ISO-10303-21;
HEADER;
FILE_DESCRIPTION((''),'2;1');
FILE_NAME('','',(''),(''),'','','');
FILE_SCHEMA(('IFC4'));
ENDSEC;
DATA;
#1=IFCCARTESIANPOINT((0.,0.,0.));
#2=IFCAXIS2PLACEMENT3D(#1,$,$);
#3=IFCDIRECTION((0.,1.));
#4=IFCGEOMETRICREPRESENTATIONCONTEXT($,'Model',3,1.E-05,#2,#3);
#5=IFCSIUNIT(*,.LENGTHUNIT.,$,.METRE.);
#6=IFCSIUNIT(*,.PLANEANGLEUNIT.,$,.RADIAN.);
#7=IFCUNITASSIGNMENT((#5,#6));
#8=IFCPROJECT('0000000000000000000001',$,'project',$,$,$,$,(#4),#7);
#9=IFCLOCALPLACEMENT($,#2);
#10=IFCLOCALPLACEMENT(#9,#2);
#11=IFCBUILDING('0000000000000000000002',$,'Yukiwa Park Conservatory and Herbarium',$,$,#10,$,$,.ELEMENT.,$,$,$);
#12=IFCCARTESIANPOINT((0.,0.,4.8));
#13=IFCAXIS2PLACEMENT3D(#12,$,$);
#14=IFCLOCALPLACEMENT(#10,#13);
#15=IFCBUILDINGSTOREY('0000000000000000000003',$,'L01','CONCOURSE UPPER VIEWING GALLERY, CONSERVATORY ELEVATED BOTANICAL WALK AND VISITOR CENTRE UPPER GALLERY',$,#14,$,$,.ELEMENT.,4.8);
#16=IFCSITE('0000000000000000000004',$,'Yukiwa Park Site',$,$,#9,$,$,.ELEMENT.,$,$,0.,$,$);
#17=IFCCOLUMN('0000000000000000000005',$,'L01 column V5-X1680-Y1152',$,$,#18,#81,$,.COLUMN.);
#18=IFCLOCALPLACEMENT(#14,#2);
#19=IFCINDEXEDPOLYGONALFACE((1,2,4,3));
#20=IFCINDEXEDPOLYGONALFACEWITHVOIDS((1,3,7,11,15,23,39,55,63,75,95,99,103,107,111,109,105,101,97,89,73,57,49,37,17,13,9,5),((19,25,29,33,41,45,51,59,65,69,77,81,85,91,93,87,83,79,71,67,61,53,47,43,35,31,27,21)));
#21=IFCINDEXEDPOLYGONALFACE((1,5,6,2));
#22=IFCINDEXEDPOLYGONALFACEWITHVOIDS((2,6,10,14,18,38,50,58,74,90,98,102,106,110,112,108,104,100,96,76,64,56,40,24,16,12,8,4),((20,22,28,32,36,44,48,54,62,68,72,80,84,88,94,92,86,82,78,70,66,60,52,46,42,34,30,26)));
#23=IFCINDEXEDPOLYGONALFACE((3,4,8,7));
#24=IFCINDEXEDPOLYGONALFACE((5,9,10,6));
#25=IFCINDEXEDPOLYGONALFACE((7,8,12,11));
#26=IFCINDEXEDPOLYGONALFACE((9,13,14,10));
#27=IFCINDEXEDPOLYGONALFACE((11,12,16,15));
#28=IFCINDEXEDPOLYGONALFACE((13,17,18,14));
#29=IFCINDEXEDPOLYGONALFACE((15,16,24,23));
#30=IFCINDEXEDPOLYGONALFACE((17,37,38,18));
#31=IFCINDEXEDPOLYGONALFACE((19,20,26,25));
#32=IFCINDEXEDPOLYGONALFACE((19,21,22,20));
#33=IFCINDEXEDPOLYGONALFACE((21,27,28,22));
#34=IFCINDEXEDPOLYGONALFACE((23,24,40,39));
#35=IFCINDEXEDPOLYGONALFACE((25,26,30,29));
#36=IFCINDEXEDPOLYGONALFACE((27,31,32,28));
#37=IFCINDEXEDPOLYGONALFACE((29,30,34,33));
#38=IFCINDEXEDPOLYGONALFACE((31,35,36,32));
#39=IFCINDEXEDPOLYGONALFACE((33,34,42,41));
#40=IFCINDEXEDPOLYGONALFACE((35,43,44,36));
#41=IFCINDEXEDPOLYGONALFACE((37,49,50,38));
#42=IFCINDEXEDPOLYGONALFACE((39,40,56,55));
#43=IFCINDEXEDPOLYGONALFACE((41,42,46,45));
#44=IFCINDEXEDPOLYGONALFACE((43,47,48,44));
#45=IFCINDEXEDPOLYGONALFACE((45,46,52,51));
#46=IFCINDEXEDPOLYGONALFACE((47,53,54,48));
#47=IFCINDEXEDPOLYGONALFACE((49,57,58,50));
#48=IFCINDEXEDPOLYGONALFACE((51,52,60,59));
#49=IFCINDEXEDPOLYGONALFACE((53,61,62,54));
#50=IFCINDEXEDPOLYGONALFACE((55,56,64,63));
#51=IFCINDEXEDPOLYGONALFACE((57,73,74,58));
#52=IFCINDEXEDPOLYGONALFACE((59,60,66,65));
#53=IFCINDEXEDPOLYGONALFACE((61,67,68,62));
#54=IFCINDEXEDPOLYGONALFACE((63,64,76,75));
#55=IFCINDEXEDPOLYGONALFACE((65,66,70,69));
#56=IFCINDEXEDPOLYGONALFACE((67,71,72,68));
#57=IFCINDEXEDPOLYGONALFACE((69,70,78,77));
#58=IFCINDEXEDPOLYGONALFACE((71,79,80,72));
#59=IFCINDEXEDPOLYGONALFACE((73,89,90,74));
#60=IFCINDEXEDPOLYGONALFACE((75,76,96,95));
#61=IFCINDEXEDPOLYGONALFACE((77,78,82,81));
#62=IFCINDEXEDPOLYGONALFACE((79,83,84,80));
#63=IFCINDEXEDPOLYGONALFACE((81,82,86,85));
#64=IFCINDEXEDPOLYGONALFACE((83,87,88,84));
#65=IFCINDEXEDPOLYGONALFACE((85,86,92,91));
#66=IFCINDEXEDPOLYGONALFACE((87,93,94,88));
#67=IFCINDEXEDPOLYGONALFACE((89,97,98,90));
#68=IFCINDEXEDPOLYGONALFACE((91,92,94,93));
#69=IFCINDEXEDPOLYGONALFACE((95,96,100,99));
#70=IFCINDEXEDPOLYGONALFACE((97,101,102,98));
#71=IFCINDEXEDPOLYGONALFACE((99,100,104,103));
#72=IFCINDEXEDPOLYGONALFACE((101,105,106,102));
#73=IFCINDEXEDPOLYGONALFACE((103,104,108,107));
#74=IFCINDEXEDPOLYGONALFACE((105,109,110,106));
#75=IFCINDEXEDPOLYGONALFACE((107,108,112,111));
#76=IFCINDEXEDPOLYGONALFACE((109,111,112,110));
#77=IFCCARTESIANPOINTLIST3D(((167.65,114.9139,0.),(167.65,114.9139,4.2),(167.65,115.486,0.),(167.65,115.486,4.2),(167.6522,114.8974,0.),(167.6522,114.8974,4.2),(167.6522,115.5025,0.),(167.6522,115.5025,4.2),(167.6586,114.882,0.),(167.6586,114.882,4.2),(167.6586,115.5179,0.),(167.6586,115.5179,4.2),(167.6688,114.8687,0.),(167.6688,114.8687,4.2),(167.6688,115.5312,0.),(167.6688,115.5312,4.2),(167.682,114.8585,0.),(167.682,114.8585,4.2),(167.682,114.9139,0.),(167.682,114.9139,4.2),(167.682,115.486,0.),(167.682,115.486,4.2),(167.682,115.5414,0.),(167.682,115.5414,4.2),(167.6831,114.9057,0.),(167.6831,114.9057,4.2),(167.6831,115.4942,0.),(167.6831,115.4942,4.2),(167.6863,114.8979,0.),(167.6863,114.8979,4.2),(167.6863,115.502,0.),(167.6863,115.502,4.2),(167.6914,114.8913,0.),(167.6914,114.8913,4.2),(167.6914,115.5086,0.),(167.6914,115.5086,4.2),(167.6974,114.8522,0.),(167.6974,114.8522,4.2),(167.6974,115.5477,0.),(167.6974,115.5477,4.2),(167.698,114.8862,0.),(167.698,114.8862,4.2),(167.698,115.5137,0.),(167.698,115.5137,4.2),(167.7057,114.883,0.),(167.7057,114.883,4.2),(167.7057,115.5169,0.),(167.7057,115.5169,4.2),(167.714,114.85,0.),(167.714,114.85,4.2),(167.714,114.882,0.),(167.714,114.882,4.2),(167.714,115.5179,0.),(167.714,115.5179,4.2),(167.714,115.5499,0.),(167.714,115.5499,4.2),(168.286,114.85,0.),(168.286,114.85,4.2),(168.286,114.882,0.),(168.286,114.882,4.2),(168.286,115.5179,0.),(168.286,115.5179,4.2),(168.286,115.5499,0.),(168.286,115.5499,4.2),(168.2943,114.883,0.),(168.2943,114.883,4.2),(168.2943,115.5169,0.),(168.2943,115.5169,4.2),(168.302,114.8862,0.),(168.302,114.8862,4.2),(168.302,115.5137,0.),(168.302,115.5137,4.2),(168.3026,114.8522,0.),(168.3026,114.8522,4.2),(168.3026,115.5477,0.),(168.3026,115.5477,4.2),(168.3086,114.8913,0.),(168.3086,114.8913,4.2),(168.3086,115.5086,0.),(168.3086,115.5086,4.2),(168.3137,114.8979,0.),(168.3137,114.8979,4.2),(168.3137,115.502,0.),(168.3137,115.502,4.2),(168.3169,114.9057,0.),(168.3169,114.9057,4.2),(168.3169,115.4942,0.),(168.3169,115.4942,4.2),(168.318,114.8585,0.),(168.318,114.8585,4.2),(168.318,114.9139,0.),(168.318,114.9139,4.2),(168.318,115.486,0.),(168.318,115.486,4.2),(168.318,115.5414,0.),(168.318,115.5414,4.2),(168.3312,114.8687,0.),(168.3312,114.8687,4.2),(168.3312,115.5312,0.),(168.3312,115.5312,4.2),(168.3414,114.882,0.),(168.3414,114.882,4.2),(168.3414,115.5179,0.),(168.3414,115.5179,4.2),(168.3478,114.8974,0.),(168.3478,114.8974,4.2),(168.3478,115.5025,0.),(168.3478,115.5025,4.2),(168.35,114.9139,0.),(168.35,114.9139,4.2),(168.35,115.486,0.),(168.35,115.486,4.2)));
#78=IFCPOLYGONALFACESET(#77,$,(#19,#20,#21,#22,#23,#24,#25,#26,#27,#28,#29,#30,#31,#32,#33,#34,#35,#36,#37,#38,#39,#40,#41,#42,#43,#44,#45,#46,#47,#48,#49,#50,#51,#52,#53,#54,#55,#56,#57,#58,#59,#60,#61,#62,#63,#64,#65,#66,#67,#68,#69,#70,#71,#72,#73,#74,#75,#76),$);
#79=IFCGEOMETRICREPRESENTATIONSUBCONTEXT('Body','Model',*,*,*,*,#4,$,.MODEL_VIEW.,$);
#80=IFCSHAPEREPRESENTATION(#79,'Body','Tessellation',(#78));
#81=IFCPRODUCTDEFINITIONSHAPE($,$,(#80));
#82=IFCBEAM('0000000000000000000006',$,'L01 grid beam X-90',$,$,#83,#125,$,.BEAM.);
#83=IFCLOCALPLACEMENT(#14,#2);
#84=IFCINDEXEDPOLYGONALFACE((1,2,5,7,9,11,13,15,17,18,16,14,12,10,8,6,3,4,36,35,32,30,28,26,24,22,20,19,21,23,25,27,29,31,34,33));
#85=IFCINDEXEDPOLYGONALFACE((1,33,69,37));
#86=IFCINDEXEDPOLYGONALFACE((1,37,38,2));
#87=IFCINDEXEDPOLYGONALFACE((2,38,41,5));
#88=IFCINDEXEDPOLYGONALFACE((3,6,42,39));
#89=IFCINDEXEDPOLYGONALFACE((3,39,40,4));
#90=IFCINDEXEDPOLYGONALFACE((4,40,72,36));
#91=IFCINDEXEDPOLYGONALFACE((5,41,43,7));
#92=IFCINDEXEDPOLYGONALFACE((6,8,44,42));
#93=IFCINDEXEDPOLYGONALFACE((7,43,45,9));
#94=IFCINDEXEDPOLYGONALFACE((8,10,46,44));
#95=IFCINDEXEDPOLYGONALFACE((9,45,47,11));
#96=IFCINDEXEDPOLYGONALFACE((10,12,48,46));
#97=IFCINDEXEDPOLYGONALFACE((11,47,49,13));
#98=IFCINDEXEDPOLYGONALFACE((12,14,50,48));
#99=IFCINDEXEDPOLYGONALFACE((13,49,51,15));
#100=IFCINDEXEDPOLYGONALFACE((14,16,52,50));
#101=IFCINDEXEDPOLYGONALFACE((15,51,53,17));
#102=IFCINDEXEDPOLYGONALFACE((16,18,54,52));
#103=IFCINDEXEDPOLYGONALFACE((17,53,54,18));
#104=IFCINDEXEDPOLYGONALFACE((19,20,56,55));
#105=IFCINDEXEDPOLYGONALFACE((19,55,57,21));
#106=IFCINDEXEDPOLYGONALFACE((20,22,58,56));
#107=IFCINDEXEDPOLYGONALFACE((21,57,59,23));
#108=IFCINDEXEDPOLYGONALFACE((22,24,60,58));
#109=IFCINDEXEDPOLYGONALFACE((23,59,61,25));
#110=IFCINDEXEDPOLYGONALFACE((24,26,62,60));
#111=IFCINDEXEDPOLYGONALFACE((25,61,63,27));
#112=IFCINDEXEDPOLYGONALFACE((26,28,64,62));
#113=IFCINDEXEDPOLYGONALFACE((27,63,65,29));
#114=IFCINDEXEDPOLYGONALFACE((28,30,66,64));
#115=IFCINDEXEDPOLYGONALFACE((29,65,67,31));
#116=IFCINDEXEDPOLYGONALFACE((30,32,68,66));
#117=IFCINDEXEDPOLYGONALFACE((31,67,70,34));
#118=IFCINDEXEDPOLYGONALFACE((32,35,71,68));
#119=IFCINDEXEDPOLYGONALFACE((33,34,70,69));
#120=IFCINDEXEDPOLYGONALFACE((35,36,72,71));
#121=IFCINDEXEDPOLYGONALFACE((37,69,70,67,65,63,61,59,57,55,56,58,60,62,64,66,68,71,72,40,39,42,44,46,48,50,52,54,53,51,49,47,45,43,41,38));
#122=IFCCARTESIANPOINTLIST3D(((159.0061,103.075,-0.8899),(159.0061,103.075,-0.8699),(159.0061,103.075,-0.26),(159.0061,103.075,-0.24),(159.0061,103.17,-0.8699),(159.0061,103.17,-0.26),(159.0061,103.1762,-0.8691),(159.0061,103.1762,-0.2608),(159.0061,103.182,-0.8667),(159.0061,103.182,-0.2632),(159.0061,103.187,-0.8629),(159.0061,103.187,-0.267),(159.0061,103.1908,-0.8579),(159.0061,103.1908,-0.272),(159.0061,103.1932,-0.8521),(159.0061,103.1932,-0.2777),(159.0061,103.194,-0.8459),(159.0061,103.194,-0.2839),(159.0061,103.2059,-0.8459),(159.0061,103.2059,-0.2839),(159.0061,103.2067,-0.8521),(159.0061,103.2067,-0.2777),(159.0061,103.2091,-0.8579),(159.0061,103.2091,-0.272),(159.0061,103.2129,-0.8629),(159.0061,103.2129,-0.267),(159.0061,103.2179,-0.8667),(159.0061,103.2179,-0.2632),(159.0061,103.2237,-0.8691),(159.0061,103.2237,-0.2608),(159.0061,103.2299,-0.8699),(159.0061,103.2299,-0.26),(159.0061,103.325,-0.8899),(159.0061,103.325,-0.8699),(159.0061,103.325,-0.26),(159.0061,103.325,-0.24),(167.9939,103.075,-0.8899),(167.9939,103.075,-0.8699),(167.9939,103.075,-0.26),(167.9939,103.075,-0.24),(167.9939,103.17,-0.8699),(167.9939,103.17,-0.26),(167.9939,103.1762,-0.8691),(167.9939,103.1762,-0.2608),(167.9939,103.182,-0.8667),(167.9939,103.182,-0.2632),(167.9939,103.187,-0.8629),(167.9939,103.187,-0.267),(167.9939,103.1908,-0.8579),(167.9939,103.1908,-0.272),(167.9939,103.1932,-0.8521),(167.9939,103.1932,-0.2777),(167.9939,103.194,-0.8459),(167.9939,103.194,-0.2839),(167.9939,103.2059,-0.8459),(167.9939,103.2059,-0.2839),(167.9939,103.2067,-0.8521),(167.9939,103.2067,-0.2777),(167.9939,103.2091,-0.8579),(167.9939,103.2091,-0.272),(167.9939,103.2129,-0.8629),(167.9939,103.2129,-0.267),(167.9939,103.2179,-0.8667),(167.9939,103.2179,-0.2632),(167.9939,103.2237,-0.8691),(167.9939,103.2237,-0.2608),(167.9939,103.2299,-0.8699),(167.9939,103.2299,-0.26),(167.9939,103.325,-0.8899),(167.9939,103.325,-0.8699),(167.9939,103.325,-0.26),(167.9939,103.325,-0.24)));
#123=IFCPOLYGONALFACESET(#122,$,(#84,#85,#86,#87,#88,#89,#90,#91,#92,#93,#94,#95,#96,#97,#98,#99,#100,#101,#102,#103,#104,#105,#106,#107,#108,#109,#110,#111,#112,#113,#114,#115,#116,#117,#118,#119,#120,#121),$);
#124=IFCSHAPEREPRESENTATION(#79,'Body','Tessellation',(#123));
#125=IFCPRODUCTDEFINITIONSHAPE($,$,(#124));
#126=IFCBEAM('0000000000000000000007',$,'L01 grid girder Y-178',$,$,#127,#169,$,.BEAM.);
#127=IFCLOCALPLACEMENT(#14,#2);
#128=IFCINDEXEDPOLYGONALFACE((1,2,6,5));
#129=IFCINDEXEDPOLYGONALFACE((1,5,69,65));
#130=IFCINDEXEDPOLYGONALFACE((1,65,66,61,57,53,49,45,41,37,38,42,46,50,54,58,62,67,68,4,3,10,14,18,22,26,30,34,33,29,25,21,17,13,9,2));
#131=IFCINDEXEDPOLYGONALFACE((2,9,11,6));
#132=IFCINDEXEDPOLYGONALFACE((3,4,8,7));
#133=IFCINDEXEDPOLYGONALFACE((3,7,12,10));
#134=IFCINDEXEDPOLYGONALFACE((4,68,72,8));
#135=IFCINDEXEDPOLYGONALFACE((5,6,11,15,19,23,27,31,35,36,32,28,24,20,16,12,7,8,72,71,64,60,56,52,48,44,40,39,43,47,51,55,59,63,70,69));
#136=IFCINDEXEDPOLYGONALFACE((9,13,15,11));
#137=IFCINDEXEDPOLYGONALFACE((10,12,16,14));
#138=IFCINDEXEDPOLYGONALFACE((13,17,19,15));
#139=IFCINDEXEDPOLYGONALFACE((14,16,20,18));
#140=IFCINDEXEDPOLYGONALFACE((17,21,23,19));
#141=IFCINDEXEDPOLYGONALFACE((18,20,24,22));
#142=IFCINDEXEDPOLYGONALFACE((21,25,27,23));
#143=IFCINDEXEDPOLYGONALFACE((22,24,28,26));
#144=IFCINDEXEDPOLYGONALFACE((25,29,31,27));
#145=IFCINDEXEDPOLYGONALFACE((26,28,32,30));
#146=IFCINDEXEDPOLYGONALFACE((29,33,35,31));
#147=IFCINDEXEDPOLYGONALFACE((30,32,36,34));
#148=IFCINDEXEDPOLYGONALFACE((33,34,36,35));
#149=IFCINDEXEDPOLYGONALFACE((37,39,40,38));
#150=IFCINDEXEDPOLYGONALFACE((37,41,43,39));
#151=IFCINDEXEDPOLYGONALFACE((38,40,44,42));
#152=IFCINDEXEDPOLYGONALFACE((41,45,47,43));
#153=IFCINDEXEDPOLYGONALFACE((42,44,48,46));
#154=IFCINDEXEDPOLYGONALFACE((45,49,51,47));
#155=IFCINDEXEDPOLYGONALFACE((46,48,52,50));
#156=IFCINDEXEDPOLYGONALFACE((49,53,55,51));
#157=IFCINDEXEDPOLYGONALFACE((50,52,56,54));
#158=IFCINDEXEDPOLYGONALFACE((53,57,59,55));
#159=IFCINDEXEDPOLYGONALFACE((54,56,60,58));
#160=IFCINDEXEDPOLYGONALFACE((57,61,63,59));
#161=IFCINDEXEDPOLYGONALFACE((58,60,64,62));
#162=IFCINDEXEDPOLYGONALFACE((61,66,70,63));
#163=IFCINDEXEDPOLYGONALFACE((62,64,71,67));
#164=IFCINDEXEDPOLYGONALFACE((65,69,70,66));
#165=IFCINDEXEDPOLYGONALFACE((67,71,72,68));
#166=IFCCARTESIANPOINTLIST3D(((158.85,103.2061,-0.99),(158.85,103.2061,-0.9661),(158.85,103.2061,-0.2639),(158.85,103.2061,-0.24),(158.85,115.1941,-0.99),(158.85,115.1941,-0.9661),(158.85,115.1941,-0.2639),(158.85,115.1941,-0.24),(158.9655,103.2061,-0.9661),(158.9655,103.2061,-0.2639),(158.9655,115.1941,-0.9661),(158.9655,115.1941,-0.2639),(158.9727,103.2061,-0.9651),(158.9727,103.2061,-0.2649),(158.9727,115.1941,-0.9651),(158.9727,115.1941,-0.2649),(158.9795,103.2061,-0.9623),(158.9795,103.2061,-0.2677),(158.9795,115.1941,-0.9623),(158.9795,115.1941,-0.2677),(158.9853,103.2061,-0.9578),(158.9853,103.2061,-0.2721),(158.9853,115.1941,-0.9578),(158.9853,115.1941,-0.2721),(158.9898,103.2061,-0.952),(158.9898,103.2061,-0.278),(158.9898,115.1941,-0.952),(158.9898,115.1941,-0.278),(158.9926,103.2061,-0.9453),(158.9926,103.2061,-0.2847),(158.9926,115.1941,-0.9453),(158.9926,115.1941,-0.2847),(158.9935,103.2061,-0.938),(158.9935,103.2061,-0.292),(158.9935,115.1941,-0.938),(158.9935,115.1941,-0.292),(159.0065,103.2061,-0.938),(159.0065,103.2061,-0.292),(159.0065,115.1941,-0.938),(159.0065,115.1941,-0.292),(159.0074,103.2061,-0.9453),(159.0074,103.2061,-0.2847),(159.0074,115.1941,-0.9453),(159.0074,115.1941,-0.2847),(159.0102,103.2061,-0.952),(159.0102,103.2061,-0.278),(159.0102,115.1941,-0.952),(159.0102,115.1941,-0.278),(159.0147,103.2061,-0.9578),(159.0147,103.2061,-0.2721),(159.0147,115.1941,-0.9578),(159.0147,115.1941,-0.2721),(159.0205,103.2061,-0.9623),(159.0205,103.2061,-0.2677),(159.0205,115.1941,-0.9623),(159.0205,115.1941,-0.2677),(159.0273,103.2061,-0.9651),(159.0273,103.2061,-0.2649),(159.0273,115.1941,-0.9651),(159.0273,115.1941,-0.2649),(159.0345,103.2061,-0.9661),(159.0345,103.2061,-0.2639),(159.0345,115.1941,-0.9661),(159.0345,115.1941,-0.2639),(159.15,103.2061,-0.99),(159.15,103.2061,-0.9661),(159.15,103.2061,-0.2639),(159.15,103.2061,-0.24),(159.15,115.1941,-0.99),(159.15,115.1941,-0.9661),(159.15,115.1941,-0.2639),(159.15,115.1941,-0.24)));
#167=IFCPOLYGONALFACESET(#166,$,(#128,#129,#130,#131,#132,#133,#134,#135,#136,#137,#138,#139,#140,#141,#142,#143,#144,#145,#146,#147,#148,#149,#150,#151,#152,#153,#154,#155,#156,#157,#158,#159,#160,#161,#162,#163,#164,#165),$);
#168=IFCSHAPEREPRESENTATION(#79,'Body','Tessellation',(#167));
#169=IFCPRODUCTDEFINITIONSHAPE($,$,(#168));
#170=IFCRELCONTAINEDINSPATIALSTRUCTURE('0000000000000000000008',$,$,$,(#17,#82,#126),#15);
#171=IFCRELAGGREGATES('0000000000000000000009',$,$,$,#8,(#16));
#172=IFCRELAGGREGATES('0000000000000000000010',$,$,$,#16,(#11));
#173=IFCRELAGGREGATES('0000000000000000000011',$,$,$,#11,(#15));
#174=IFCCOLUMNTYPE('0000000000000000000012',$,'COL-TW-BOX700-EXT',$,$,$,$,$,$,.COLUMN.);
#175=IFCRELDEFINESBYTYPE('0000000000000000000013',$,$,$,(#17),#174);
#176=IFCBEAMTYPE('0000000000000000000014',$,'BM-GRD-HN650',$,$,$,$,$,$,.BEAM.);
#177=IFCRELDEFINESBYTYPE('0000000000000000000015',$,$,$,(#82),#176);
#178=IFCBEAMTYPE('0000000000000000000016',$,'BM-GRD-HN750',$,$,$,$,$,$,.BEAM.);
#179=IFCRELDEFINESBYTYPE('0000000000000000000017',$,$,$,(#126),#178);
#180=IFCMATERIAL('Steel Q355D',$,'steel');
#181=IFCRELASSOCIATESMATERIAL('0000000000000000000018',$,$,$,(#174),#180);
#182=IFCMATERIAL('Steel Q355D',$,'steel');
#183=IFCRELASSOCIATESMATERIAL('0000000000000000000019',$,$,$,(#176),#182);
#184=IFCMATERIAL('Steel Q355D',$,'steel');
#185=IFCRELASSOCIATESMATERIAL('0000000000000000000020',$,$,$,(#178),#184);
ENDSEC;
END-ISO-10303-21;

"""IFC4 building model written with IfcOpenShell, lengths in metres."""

from ifc_helpers import new_model, si_unit, direction, frame, origin, origin_2d, place, context, subcontext, project, spatial, hollow_rectangle, i_section, extrude, material, material_profile, profile_set, type_object, element, save


model = new_model("IFC4")

# Units and contexts
model_context = context("Model", 3, precision=1e-05, world=origin(), true_north=direction((0.0, 1.0)))
body_context = subcontext(model_context, "Body", "Model", "MODEL_VIEW")
ifc_project = project(units=[si_unit("LENGTHUNIT", "METRE"), si_unit("PLANEANGLEUNIT", "RADIAN")], contexts=[model_context])

# Site, building, storey
site_placement = place(None, origin())
site = spatial("IfcSite", under=ifc_project, at=site_placement, Name="Yukiwa Park Site", CompositionType="ELEMENT", RefElevation=0.0)
building_placement = place(site_placement, origin())
building = spatial("IfcBuilding", under=site, at=building_placement, Name="Yukiwa Park Conservatory and Herbarium", CompositionType="ELEMENT")
storey_placement = place(building_placement, frame((0.0, 0.0, 4.8)))
storey = spatial("IfcBuildingStorey", under=building, at=storey_placement, Name="L01", Description="CONCOURSE UPPER VIEWING GALLERY, CONSERVATORY ELEVATED BOTANICAL WALK AND VISITOR CENTRE UPPER GALLERY", CompositionType="ELEMENT", Elevation=4.8)

# Column
ifc_material_1 = material(Name="Steel Q355D", Category="steel")
ifc_material_profile_1 = material_profile(ifc_material_1, hollow_rectangle(XDim=0.7, YDim=0.7, WallThickness=0.032, InnerFilletRadius=0.032, OuterFilletRadius=0.064, at=origin_2d()), Name="BOX 700x700x32")
ifc_profile_set_1 = profile_set([ifc_material_profile_1], Name="Steel Q355D")
column_type_1 = type_object("IfcColumnType", Name="COL-TW-BOX700-EXT", PredefinedType="COLUMN", material=ifc_profile_set_1)
column_placement = place(storey_placement, frame((168.0, 115.2, 0.0), z_axis=(0.0, 0.0, 1.0), x_axis=(1.0, 0.0, 0.0)))
element("IfcColumn", 1, at=column_placement, inside=storey, type_object=column_type_1, Name="L01 column V5-X1680-Y1152", PredefinedType="COLUMN", context=body_context, shape_type="SweptSolid", body=[
    extrude(hollow_rectangle(XDim=0.7, YDim=0.7, WallThickness=0.032, InnerFilletRadius=0.032, OuterFilletRadius=0.064, at=origin_2d()), origin(), (0.0, 0.0, 1.0), 4.2),
])

# Beams
ifc_material_2 = material(Name="Steel Q355D", Category="steel")
ifc_material_profile_2 = material_profile(ifc_material_2, i_section(OverallWidth=0.25, OverallDepth=0.6499, WebThickness=0.012, FlangeThickness=0.02, FilletRadius=0.0239, at=origin_2d()), Name="HN 650x250x12x20")
ifc_profile_set_2 = profile_set([ifc_material_profile_2], Name="Steel Q355D")
beam_type_1 = type_object("IfcBeamType", Name="BM-GRD-HN650", PredefinedType="BEAM", material=ifc_profile_set_2)
beam_1_placement = place(storey_placement, frame((159.0061, 103.2, -0.5649), z_axis=(1.0, 0.0, 0.0), x_axis=(0.0, 1.0, 0.0)))
element("IfcBeam", 2, at=beam_1_placement, inside=storey, type_object=beam_type_1, Name="L01 grid beam X-90", PredefinedType="BEAM", context=body_context, shape_type="SweptSolid", body=[
    extrude(i_section(OverallWidth=0.25, OverallDepth=0.6499, WebThickness=0.012, FlangeThickness=0.02, FilletRadius=0.0239, at=origin_2d()), origin(), (0.0, 0.0, 1.0), 8.9878),
])
ifc_material_3 = material(Name="Steel Q355D", Category="steel")
ifc_material_profile_3 = material_profile(ifc_material_3, i_section(OverallWidth=0.3, OverallDepth=0.75, WebThickness=0.0129, FlangeThickness=0.0239, FilletRadius=0.0281, at=origin_2d()), Name="HN 750x300x13x24")
ifc_profile_set_3 = profile_set([ifc_material_profile_3], Name="Steel Q355D")
beam_type_2 = type_object("IfcBeamType", Name="BM-GRD-HN750", PredefinedType="BEAM", material=ifc_profile_set_3)
beam_2_placement = place(storey_placement, frame((159.0, 103.2061, -0.615), z_axis=(0.0, 1.0, 0.0), x_axis=(-1.0, 0.0, 0.0)))
element("IfcBeam", 3, at=beam_2_placement, inside=storey, type_object=beam_type_2, Name="L01 grid girder Y-178", PredefinedType="BEAM", context=body_context, shape_type="SweptSolid", body=[
    extrude(i_section(OverallWidth=0.3, OverallDepth=0.75, WebThickness=0.0129, FlangeThickness=0.0239, FilletRadius=0.0281, at=origin_2d()), origin(), (0.0, 0.0, 1.0), 11.988),
])

save(model, "model.ifc")
